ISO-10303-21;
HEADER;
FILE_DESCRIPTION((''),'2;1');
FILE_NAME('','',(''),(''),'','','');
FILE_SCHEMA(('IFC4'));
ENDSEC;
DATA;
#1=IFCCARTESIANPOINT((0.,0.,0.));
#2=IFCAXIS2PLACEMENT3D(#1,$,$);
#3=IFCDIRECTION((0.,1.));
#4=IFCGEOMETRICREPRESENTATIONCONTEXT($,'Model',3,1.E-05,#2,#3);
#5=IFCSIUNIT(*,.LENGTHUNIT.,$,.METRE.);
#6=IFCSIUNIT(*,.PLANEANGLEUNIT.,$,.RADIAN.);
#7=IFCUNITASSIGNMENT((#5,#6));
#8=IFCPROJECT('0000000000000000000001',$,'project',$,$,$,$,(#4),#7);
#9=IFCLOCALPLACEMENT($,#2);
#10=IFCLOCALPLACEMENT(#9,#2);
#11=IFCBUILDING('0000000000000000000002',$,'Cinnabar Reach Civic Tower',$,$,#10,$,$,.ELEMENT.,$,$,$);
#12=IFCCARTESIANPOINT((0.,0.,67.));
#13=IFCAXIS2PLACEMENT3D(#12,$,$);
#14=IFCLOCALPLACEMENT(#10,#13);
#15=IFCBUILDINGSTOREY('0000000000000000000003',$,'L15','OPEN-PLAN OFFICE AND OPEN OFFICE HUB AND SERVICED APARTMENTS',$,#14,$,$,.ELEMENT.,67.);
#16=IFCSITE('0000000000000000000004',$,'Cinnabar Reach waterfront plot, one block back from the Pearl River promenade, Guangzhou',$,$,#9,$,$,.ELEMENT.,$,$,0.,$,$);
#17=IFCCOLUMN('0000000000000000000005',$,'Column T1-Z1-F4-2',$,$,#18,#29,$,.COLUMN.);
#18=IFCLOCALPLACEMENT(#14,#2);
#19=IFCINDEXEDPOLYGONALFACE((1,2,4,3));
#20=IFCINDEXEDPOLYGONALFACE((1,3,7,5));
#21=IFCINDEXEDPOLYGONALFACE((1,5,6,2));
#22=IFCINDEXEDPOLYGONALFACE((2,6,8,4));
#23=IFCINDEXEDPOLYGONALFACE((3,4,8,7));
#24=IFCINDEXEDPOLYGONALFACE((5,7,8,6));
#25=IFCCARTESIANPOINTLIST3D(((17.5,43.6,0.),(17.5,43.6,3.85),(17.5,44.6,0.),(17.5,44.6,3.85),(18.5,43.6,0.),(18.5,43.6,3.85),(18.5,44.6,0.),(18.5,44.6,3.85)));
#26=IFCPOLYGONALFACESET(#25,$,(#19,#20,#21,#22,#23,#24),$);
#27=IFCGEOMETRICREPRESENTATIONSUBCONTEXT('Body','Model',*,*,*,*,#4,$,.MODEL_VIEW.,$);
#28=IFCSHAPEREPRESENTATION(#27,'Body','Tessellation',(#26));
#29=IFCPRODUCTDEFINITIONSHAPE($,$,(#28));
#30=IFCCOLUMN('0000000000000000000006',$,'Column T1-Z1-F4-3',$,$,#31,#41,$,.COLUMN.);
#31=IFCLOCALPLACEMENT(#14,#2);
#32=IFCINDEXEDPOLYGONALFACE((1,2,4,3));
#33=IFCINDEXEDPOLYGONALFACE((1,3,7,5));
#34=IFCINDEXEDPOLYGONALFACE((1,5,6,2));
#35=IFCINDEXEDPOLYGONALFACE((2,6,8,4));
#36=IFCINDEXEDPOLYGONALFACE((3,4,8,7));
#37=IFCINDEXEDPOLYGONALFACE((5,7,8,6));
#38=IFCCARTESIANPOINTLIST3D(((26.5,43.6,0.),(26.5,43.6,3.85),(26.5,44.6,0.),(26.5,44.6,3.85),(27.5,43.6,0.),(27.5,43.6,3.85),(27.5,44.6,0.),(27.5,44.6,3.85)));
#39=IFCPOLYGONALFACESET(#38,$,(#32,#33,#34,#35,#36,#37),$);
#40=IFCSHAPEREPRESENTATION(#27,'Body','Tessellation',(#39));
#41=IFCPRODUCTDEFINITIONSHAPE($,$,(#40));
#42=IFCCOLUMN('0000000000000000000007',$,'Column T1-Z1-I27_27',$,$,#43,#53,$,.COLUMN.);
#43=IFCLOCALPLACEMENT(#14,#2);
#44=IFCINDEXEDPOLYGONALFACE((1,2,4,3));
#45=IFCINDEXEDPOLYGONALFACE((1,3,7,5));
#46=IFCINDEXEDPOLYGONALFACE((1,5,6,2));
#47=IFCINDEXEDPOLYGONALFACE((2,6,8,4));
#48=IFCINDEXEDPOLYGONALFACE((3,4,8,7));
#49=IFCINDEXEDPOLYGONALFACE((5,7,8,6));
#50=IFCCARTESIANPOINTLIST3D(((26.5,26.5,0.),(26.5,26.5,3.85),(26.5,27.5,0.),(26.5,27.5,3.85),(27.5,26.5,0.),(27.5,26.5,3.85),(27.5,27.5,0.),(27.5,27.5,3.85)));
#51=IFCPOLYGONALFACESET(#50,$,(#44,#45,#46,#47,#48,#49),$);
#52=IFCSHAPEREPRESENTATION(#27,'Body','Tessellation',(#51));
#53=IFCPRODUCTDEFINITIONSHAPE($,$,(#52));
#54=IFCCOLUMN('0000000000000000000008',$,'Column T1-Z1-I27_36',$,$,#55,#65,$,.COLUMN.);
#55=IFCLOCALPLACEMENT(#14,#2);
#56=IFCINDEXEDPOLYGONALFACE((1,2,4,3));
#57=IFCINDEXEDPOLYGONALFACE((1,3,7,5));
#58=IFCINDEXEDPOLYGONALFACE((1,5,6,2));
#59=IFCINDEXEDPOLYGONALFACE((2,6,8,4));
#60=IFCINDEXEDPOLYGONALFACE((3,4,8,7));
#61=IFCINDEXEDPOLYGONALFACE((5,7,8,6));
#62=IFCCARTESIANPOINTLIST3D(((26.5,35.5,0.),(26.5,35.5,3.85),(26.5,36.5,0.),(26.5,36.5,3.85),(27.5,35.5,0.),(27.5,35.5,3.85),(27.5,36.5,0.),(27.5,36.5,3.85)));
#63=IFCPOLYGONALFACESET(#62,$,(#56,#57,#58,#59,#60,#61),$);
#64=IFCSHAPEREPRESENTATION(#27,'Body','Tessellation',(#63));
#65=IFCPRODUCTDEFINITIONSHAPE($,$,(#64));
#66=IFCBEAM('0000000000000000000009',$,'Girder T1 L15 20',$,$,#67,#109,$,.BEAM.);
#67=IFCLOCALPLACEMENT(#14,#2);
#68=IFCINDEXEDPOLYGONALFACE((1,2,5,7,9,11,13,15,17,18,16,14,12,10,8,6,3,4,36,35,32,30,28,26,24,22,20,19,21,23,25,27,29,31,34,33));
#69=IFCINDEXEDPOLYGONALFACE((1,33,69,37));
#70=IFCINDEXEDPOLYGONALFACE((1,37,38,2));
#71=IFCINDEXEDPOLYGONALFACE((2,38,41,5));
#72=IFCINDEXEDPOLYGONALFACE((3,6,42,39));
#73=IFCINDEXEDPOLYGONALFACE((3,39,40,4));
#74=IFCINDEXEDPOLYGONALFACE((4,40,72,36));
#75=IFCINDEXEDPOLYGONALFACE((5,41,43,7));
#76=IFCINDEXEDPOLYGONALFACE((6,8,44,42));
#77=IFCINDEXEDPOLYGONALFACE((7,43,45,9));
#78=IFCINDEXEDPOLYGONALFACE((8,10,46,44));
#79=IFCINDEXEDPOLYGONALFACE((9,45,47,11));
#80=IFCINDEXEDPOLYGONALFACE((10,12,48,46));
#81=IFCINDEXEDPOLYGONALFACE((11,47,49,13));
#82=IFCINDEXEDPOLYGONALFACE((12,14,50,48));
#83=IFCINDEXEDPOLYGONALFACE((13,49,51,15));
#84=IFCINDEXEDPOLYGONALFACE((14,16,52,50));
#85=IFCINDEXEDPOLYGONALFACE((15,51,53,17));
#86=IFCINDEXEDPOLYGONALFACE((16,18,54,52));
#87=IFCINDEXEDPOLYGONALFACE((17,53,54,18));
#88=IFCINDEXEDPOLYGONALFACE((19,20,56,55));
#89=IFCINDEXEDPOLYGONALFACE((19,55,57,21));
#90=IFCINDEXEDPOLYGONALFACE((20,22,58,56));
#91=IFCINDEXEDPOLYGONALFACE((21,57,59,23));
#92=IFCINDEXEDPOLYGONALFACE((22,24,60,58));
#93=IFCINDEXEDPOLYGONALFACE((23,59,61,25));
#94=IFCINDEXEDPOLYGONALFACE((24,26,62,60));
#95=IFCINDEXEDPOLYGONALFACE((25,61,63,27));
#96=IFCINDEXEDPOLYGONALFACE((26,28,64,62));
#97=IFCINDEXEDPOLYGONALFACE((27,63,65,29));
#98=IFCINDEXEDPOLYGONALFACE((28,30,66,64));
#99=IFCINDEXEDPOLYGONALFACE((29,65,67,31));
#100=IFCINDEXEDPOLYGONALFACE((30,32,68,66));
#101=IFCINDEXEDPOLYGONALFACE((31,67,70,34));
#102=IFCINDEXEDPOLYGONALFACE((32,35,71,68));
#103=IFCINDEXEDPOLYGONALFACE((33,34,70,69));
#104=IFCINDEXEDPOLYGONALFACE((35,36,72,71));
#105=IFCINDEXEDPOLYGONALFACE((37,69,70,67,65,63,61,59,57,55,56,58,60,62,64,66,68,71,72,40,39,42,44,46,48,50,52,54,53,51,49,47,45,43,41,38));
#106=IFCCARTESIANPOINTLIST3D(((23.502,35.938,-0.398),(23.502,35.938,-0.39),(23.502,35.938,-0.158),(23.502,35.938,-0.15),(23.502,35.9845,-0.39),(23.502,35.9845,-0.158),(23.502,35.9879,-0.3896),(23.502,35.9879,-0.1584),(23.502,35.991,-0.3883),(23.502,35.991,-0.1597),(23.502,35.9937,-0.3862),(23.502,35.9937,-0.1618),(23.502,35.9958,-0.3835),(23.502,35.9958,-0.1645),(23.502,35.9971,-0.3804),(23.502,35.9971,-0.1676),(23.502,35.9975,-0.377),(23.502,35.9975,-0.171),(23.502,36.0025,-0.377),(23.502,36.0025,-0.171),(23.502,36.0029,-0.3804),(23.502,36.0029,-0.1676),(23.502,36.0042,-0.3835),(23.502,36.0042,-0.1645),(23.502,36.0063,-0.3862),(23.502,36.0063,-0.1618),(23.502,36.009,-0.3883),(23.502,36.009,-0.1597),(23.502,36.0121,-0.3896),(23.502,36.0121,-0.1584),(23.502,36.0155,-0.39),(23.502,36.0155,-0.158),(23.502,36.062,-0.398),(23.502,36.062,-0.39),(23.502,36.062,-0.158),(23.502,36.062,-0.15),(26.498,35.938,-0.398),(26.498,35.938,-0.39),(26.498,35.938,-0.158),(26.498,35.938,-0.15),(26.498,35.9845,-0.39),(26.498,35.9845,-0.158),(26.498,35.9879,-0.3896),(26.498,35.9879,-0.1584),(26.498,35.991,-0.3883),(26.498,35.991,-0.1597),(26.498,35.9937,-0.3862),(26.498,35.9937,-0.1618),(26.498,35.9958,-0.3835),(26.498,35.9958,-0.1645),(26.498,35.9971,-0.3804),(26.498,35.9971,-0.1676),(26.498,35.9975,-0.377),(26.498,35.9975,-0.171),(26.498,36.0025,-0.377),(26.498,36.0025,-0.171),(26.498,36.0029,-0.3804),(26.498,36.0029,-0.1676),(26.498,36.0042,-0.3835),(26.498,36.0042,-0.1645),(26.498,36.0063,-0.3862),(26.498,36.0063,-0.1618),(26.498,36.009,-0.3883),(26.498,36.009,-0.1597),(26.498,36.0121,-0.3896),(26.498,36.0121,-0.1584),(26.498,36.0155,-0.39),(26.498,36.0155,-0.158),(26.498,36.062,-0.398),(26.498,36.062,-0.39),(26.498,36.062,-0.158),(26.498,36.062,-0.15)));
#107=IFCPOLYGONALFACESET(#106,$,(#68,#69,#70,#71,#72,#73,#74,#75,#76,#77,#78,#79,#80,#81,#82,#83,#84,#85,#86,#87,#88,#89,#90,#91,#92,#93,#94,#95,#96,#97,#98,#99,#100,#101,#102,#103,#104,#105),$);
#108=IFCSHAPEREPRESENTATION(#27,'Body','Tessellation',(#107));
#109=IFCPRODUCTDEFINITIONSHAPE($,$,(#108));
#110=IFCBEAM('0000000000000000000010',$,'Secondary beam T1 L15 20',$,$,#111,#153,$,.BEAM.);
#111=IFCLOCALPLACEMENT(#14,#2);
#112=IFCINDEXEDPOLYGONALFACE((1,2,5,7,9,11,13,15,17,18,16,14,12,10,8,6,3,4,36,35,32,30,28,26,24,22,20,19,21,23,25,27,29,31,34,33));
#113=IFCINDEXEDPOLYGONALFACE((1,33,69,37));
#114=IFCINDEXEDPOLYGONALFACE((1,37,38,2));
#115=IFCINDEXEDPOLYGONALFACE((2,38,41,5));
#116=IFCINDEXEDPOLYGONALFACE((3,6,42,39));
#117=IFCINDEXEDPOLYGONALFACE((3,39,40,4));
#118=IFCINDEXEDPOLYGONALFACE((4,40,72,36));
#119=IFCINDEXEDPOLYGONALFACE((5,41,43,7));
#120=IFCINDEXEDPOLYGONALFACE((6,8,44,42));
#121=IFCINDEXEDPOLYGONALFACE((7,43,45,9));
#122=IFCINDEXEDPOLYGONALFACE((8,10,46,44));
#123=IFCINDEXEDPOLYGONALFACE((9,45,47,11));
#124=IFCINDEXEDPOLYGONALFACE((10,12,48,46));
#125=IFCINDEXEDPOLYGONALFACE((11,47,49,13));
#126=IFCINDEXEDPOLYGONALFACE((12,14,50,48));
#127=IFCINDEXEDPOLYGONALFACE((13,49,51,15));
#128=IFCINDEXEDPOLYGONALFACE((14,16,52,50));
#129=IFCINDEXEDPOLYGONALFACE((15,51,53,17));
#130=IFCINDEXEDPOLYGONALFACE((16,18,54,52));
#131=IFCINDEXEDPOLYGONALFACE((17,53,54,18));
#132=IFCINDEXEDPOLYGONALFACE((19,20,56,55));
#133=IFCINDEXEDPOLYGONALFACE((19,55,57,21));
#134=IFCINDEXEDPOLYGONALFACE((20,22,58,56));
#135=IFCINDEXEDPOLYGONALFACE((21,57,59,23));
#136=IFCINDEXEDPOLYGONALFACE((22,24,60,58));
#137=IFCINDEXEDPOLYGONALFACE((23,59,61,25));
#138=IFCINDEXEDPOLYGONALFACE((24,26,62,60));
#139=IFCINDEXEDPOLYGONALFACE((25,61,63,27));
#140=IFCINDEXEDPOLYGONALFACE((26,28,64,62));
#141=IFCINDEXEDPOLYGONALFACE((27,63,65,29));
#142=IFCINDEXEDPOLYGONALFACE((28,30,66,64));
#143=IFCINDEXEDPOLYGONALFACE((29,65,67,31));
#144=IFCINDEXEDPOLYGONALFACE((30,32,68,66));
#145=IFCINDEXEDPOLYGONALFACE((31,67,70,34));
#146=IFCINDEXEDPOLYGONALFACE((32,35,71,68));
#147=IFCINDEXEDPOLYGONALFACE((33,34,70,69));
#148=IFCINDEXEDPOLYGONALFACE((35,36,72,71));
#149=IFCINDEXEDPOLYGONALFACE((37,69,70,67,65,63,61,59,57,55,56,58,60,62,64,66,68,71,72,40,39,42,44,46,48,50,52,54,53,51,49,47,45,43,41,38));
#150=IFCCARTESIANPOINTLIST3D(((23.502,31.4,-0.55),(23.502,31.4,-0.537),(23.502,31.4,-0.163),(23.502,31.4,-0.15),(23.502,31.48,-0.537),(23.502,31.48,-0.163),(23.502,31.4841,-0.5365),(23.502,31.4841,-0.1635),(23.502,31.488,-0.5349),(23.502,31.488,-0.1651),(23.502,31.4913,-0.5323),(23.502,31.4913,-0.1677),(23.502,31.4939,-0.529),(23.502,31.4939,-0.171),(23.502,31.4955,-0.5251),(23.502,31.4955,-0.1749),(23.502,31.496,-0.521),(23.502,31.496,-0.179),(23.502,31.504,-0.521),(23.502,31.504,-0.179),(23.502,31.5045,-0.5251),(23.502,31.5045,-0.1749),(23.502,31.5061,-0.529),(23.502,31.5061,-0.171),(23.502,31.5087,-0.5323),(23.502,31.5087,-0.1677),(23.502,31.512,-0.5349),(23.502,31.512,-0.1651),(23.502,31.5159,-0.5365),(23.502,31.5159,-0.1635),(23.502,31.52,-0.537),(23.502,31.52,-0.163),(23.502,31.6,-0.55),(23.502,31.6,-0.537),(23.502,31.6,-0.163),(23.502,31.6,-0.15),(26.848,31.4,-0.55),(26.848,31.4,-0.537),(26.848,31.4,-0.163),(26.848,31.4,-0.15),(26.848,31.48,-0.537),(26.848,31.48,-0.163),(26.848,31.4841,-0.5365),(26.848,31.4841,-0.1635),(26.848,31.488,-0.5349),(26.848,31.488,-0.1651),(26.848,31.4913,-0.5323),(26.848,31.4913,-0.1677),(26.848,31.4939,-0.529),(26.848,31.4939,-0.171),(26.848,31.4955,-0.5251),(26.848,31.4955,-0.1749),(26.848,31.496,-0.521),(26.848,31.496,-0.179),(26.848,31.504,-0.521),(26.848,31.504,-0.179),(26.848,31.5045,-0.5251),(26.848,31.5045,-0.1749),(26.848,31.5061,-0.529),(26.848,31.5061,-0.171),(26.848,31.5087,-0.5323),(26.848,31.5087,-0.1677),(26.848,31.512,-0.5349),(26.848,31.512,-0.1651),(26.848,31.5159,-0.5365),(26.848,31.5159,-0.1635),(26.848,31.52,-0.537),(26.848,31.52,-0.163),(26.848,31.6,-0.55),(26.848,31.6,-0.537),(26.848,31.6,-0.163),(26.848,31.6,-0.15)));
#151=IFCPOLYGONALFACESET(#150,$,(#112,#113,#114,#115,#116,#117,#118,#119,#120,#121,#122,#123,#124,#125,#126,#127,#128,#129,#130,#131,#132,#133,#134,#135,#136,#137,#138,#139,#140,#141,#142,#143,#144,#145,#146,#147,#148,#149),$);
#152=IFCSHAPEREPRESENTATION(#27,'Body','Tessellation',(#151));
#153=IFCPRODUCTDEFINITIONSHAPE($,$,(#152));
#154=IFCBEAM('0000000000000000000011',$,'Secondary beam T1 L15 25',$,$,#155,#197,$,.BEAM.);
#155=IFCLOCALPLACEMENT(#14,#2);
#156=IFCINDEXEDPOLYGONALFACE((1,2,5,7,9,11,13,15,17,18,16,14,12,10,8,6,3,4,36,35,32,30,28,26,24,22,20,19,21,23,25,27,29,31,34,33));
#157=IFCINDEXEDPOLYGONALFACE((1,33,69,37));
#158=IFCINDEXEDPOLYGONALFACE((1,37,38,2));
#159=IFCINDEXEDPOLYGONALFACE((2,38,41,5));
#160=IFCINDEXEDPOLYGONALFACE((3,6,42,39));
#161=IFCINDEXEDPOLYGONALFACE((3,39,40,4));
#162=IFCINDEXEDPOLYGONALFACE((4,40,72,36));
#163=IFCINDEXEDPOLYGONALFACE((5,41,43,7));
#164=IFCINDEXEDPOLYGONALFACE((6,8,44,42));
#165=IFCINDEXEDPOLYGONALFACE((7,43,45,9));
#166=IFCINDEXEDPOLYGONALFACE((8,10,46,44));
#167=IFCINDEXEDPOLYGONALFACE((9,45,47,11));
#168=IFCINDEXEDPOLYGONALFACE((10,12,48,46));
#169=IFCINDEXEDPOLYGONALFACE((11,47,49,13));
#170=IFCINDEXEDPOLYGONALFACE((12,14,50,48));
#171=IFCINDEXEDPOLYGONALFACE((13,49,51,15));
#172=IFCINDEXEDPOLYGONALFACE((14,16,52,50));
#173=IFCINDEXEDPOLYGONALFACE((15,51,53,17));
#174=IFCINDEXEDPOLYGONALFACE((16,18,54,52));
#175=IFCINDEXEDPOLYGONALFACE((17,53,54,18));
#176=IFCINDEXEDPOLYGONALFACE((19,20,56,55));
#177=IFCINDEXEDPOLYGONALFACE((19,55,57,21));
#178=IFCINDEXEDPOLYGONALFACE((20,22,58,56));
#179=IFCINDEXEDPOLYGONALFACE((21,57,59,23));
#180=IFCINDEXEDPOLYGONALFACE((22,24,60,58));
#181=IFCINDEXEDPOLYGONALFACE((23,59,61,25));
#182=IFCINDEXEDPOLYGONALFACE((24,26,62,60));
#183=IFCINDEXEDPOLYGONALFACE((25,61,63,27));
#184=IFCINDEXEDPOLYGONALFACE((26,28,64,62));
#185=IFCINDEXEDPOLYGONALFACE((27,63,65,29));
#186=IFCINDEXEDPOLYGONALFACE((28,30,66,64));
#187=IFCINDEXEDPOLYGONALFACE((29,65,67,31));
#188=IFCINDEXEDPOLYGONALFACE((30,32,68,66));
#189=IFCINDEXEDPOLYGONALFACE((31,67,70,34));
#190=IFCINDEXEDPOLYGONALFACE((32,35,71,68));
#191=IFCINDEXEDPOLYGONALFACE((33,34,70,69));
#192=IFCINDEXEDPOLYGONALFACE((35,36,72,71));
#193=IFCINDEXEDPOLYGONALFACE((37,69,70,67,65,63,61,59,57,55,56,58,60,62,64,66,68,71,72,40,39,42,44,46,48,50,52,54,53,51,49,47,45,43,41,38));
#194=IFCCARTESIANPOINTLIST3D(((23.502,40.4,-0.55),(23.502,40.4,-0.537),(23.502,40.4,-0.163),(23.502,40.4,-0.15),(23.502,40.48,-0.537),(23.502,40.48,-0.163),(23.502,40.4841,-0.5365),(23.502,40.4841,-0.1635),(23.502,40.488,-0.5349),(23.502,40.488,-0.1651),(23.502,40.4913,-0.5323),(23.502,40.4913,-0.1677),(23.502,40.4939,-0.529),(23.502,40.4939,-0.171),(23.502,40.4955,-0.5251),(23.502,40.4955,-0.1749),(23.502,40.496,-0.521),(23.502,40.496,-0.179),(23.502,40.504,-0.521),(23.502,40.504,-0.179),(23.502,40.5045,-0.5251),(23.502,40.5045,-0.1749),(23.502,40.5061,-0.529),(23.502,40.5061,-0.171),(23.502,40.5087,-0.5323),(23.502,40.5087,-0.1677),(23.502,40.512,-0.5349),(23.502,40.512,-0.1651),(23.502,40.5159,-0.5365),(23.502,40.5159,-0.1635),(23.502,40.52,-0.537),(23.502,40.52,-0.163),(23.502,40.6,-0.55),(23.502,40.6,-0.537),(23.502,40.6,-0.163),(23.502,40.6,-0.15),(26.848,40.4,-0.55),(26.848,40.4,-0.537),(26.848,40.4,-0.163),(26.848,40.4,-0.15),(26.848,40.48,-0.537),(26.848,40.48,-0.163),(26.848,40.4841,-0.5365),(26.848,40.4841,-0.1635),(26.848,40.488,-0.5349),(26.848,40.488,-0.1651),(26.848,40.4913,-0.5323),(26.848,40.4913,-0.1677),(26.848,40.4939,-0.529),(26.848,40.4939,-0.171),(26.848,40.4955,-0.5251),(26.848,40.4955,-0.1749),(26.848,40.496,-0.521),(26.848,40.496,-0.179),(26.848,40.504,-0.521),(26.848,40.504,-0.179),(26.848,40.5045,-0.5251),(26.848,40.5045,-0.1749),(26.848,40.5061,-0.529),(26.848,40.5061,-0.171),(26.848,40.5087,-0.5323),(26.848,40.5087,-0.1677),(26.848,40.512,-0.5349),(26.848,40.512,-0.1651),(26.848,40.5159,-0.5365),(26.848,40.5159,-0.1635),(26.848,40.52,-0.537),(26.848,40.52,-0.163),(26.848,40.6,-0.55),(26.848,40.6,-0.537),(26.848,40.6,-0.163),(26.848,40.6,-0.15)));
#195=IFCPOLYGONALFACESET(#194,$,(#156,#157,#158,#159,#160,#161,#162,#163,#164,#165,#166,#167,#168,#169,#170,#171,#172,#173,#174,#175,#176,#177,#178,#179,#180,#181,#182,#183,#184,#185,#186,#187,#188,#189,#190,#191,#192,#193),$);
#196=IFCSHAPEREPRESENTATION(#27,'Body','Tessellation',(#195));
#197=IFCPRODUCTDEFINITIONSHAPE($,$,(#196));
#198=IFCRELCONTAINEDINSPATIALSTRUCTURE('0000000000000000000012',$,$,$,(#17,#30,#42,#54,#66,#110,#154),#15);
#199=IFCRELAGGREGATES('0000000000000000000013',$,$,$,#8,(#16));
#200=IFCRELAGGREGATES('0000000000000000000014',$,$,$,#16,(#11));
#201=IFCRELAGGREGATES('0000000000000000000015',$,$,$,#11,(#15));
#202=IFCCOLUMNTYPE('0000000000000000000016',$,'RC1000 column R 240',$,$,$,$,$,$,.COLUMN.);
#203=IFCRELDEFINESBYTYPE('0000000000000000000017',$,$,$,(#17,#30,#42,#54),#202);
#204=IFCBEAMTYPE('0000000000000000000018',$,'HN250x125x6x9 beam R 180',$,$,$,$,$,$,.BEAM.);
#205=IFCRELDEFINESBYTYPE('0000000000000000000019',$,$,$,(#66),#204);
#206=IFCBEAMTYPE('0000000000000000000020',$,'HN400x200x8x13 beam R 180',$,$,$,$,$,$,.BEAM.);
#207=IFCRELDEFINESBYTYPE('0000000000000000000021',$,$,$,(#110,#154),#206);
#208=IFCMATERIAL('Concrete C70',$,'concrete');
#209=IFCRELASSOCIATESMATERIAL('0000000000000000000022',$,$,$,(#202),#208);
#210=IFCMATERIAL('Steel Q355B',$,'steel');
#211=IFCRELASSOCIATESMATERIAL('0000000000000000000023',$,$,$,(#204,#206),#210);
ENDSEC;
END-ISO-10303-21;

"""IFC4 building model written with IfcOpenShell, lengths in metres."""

from ifc_helpers import new_model, si_unit, direction, frame, origin, origin_2d, place, context, subcontext, project, spatial, rectangle, i_section, extrude, material, material_profile, profile_set, type_object, element, save


model = new_model("IFC4")

# Units and contexts
model_context = context("Model", 3, precision=1e-05, world=origin(), true_north=direction((0.0, 1.0)))
body_context = subcontext(model_context, "Body", "Model", "MODEL_VIEW")
ifc_project = project(units=[si_unit("LENGTHUNIT", "METRE"), si_unit("PLANEANGLEUNIT", "RADIAN")], contexts=[model_context])

# Site, building, storey
site_placement = place(None, origin())
site = spatial("IfcSite", under=ifc_project, at=site_placement, Name="Cinnabar Reach waterfront plot, one block back from the Pearl River promenade, Guangzhou", CompositionType="ELEMENT", RefElevation=0.0)
building_placement = place(site_placement, origin())
building = spatial("IfcBuilding", under=site, at=building_placement, Name="Cinnabar Reach Civic Tower", CompositionType="ELEMENT")
storey_placement = place(building_placement, frame((0.0, 0.0, 67.0)))
storey = spatial("IfcBuildingStorey", under=building, at=storey_placement, Name="L15", Description="OPEN-PLAN OFFICE AND OPEN OFFICE HUB AND SERVICED APARTMENTS", CompositionType="ELEMENT", Elevation=67.0)

# Columns
ifc_material_1 = material(Name="Concrete C70", Category="concrete")
ifc_material_profile_1 = material_profile(ifc_material_1, rectangle(XDim=1.0, YDim=1.0, at=origin_2d()), Name="RC1000")
ifc_profile_set_1 = profile_set([ifc_material_profile_1], Name="Concrete C70")
column_type = type_object("IfcColumnType", Name="RC1000 column R 240", PredefinedType="COLUMN", material=ifc_profile_set_1)
for number, where, z_axis, x_axis, name in (
    (1, (18.0, 44.1, 0.0), (0.0, 0.0, 1.0), (1.0, 0.0, 0.0), "Column T1-Z1-F4-2"),
    (2, (27.0, 44.1, 0.0), (0.0, 0.0, 1.0), (1.0, 0.0, 0.0), "Column T1-Z1-F4-3"),
    (3, (27.0, 27.0, 0.0), (0.0, 0.0, 1.0), (1.0, 0.0, 0.0), "Column T1-Z1-I27_27"),
    (4, (27.0, 36.0, 0.0), (0.0, 0.0, 1.0), (1.0, 0.0, 0.0), "Column T1-Z1-I27_36"),
):
    element("IfcColumn", number, at=place(storey_placement, frame(where, z_axis=z_axis, x_axis=x_axis)), inside=storey, type_object=column_type, Name=name, PredefinedType="COLUMN", context=body_context, shape_type="SweptSolid", body=[
        extrude(rectangle(XDim=1.0, YDim=1.0, at=origin_2d()), origin(), (0.0, 0.0, 1.0), 3.85),
    ])

# Beams
ifc_material_2 = material(Name="Steel Q355B", Category="steel")
ifc_material_profile_2 = material_profile(ifc_material_2, i_section(OverallWidth=0.124, OverallDepth=0.248, WebThickness=0.005, FlangeThickness=0.008, FilletRadius=0.013, at=origin_2d()), Name="HN250x125x6x9")
ifc_profile_set_2 = profile_set([ifc_material_profile_2], Name="Steel Q355B")
beam_type_1 = type_object("IfcBeamType", Name="HN250x125x6x9 beam R 180", PredefinedType="BEAM", material=ifc_profile_set_2)
beam_placement = place(storey_placement, frame((23.502, 36.0, -0.274), z_axis=(1.0, 0.0, 0.0), x_axis=(0.0, 1.0, 0.0)))
element("IfcBeam", 5, at=beam_placement, inside=storey, type_object=beam_type_1, Name="Girder T1 L15 20", PredefinedType="BEAM", context=body_context, shape_type="SweptSolid", body=[
    extrude(i_section(OverallWidth=0.124, OverallDepth=0.248, WebThickness=0.005, FlangeThickness=0.008, FilletRadius=0.013, at=origin_2d()), origin(), (0.0, 0.0, 1.0), 2.996),
])
ifc_material_profile_3 = material_profile(ifc_material_2, i_section(OverallWidth=0.2, OverallDepth=0.4, WebThickness=0.008, FlangeThickness=0.013, FilletRadius=0.016, at=origin_2d()), Name="HN400x200x8x13")
ifc_profile_set_3 = profile_set([ifc_material_profile_3], Name="Steel Q355B")
beam_type_2 = type_object("IfcBeamType", Name="HN400x200x8x13 beam R 180", PredefinedType="BEAM", material=ifc_profile_set_3)
for number, where, z_axis, x_axis, name in (
    (6, (23.502, 31.5, -0.35), (1.0, 0.0, 0.0), (0.0, 1.0, 0.0), "Secondary beam T1 L15 20"),
    (7, (23.502, 40.5, -0.35), (1.0, 0.0, 0.0), (0.0, 1.0, 0.0), "Secondary beam T1 L15 25"),
):
    element("IfcBeam", number, at=place(storey_placement, frame(where, z_axis=z_axis, x_axis=x_axis)), inside=storey, type_object=beam_type_2, Name=name, PredefinedType="BEAM", context=body_context, shape_type="SweptSolid", body=[
        extrude(i_section(OverallWidth=0.2, OverallDepth=0.4, WebThickness=0.008, FlangeThickness=0.013, FilletRadius=0.016, at=origin_2d()), origin(), (0.0, 0.0, 1.0), 3.346),
    ])

save(model, "model.ifc")
